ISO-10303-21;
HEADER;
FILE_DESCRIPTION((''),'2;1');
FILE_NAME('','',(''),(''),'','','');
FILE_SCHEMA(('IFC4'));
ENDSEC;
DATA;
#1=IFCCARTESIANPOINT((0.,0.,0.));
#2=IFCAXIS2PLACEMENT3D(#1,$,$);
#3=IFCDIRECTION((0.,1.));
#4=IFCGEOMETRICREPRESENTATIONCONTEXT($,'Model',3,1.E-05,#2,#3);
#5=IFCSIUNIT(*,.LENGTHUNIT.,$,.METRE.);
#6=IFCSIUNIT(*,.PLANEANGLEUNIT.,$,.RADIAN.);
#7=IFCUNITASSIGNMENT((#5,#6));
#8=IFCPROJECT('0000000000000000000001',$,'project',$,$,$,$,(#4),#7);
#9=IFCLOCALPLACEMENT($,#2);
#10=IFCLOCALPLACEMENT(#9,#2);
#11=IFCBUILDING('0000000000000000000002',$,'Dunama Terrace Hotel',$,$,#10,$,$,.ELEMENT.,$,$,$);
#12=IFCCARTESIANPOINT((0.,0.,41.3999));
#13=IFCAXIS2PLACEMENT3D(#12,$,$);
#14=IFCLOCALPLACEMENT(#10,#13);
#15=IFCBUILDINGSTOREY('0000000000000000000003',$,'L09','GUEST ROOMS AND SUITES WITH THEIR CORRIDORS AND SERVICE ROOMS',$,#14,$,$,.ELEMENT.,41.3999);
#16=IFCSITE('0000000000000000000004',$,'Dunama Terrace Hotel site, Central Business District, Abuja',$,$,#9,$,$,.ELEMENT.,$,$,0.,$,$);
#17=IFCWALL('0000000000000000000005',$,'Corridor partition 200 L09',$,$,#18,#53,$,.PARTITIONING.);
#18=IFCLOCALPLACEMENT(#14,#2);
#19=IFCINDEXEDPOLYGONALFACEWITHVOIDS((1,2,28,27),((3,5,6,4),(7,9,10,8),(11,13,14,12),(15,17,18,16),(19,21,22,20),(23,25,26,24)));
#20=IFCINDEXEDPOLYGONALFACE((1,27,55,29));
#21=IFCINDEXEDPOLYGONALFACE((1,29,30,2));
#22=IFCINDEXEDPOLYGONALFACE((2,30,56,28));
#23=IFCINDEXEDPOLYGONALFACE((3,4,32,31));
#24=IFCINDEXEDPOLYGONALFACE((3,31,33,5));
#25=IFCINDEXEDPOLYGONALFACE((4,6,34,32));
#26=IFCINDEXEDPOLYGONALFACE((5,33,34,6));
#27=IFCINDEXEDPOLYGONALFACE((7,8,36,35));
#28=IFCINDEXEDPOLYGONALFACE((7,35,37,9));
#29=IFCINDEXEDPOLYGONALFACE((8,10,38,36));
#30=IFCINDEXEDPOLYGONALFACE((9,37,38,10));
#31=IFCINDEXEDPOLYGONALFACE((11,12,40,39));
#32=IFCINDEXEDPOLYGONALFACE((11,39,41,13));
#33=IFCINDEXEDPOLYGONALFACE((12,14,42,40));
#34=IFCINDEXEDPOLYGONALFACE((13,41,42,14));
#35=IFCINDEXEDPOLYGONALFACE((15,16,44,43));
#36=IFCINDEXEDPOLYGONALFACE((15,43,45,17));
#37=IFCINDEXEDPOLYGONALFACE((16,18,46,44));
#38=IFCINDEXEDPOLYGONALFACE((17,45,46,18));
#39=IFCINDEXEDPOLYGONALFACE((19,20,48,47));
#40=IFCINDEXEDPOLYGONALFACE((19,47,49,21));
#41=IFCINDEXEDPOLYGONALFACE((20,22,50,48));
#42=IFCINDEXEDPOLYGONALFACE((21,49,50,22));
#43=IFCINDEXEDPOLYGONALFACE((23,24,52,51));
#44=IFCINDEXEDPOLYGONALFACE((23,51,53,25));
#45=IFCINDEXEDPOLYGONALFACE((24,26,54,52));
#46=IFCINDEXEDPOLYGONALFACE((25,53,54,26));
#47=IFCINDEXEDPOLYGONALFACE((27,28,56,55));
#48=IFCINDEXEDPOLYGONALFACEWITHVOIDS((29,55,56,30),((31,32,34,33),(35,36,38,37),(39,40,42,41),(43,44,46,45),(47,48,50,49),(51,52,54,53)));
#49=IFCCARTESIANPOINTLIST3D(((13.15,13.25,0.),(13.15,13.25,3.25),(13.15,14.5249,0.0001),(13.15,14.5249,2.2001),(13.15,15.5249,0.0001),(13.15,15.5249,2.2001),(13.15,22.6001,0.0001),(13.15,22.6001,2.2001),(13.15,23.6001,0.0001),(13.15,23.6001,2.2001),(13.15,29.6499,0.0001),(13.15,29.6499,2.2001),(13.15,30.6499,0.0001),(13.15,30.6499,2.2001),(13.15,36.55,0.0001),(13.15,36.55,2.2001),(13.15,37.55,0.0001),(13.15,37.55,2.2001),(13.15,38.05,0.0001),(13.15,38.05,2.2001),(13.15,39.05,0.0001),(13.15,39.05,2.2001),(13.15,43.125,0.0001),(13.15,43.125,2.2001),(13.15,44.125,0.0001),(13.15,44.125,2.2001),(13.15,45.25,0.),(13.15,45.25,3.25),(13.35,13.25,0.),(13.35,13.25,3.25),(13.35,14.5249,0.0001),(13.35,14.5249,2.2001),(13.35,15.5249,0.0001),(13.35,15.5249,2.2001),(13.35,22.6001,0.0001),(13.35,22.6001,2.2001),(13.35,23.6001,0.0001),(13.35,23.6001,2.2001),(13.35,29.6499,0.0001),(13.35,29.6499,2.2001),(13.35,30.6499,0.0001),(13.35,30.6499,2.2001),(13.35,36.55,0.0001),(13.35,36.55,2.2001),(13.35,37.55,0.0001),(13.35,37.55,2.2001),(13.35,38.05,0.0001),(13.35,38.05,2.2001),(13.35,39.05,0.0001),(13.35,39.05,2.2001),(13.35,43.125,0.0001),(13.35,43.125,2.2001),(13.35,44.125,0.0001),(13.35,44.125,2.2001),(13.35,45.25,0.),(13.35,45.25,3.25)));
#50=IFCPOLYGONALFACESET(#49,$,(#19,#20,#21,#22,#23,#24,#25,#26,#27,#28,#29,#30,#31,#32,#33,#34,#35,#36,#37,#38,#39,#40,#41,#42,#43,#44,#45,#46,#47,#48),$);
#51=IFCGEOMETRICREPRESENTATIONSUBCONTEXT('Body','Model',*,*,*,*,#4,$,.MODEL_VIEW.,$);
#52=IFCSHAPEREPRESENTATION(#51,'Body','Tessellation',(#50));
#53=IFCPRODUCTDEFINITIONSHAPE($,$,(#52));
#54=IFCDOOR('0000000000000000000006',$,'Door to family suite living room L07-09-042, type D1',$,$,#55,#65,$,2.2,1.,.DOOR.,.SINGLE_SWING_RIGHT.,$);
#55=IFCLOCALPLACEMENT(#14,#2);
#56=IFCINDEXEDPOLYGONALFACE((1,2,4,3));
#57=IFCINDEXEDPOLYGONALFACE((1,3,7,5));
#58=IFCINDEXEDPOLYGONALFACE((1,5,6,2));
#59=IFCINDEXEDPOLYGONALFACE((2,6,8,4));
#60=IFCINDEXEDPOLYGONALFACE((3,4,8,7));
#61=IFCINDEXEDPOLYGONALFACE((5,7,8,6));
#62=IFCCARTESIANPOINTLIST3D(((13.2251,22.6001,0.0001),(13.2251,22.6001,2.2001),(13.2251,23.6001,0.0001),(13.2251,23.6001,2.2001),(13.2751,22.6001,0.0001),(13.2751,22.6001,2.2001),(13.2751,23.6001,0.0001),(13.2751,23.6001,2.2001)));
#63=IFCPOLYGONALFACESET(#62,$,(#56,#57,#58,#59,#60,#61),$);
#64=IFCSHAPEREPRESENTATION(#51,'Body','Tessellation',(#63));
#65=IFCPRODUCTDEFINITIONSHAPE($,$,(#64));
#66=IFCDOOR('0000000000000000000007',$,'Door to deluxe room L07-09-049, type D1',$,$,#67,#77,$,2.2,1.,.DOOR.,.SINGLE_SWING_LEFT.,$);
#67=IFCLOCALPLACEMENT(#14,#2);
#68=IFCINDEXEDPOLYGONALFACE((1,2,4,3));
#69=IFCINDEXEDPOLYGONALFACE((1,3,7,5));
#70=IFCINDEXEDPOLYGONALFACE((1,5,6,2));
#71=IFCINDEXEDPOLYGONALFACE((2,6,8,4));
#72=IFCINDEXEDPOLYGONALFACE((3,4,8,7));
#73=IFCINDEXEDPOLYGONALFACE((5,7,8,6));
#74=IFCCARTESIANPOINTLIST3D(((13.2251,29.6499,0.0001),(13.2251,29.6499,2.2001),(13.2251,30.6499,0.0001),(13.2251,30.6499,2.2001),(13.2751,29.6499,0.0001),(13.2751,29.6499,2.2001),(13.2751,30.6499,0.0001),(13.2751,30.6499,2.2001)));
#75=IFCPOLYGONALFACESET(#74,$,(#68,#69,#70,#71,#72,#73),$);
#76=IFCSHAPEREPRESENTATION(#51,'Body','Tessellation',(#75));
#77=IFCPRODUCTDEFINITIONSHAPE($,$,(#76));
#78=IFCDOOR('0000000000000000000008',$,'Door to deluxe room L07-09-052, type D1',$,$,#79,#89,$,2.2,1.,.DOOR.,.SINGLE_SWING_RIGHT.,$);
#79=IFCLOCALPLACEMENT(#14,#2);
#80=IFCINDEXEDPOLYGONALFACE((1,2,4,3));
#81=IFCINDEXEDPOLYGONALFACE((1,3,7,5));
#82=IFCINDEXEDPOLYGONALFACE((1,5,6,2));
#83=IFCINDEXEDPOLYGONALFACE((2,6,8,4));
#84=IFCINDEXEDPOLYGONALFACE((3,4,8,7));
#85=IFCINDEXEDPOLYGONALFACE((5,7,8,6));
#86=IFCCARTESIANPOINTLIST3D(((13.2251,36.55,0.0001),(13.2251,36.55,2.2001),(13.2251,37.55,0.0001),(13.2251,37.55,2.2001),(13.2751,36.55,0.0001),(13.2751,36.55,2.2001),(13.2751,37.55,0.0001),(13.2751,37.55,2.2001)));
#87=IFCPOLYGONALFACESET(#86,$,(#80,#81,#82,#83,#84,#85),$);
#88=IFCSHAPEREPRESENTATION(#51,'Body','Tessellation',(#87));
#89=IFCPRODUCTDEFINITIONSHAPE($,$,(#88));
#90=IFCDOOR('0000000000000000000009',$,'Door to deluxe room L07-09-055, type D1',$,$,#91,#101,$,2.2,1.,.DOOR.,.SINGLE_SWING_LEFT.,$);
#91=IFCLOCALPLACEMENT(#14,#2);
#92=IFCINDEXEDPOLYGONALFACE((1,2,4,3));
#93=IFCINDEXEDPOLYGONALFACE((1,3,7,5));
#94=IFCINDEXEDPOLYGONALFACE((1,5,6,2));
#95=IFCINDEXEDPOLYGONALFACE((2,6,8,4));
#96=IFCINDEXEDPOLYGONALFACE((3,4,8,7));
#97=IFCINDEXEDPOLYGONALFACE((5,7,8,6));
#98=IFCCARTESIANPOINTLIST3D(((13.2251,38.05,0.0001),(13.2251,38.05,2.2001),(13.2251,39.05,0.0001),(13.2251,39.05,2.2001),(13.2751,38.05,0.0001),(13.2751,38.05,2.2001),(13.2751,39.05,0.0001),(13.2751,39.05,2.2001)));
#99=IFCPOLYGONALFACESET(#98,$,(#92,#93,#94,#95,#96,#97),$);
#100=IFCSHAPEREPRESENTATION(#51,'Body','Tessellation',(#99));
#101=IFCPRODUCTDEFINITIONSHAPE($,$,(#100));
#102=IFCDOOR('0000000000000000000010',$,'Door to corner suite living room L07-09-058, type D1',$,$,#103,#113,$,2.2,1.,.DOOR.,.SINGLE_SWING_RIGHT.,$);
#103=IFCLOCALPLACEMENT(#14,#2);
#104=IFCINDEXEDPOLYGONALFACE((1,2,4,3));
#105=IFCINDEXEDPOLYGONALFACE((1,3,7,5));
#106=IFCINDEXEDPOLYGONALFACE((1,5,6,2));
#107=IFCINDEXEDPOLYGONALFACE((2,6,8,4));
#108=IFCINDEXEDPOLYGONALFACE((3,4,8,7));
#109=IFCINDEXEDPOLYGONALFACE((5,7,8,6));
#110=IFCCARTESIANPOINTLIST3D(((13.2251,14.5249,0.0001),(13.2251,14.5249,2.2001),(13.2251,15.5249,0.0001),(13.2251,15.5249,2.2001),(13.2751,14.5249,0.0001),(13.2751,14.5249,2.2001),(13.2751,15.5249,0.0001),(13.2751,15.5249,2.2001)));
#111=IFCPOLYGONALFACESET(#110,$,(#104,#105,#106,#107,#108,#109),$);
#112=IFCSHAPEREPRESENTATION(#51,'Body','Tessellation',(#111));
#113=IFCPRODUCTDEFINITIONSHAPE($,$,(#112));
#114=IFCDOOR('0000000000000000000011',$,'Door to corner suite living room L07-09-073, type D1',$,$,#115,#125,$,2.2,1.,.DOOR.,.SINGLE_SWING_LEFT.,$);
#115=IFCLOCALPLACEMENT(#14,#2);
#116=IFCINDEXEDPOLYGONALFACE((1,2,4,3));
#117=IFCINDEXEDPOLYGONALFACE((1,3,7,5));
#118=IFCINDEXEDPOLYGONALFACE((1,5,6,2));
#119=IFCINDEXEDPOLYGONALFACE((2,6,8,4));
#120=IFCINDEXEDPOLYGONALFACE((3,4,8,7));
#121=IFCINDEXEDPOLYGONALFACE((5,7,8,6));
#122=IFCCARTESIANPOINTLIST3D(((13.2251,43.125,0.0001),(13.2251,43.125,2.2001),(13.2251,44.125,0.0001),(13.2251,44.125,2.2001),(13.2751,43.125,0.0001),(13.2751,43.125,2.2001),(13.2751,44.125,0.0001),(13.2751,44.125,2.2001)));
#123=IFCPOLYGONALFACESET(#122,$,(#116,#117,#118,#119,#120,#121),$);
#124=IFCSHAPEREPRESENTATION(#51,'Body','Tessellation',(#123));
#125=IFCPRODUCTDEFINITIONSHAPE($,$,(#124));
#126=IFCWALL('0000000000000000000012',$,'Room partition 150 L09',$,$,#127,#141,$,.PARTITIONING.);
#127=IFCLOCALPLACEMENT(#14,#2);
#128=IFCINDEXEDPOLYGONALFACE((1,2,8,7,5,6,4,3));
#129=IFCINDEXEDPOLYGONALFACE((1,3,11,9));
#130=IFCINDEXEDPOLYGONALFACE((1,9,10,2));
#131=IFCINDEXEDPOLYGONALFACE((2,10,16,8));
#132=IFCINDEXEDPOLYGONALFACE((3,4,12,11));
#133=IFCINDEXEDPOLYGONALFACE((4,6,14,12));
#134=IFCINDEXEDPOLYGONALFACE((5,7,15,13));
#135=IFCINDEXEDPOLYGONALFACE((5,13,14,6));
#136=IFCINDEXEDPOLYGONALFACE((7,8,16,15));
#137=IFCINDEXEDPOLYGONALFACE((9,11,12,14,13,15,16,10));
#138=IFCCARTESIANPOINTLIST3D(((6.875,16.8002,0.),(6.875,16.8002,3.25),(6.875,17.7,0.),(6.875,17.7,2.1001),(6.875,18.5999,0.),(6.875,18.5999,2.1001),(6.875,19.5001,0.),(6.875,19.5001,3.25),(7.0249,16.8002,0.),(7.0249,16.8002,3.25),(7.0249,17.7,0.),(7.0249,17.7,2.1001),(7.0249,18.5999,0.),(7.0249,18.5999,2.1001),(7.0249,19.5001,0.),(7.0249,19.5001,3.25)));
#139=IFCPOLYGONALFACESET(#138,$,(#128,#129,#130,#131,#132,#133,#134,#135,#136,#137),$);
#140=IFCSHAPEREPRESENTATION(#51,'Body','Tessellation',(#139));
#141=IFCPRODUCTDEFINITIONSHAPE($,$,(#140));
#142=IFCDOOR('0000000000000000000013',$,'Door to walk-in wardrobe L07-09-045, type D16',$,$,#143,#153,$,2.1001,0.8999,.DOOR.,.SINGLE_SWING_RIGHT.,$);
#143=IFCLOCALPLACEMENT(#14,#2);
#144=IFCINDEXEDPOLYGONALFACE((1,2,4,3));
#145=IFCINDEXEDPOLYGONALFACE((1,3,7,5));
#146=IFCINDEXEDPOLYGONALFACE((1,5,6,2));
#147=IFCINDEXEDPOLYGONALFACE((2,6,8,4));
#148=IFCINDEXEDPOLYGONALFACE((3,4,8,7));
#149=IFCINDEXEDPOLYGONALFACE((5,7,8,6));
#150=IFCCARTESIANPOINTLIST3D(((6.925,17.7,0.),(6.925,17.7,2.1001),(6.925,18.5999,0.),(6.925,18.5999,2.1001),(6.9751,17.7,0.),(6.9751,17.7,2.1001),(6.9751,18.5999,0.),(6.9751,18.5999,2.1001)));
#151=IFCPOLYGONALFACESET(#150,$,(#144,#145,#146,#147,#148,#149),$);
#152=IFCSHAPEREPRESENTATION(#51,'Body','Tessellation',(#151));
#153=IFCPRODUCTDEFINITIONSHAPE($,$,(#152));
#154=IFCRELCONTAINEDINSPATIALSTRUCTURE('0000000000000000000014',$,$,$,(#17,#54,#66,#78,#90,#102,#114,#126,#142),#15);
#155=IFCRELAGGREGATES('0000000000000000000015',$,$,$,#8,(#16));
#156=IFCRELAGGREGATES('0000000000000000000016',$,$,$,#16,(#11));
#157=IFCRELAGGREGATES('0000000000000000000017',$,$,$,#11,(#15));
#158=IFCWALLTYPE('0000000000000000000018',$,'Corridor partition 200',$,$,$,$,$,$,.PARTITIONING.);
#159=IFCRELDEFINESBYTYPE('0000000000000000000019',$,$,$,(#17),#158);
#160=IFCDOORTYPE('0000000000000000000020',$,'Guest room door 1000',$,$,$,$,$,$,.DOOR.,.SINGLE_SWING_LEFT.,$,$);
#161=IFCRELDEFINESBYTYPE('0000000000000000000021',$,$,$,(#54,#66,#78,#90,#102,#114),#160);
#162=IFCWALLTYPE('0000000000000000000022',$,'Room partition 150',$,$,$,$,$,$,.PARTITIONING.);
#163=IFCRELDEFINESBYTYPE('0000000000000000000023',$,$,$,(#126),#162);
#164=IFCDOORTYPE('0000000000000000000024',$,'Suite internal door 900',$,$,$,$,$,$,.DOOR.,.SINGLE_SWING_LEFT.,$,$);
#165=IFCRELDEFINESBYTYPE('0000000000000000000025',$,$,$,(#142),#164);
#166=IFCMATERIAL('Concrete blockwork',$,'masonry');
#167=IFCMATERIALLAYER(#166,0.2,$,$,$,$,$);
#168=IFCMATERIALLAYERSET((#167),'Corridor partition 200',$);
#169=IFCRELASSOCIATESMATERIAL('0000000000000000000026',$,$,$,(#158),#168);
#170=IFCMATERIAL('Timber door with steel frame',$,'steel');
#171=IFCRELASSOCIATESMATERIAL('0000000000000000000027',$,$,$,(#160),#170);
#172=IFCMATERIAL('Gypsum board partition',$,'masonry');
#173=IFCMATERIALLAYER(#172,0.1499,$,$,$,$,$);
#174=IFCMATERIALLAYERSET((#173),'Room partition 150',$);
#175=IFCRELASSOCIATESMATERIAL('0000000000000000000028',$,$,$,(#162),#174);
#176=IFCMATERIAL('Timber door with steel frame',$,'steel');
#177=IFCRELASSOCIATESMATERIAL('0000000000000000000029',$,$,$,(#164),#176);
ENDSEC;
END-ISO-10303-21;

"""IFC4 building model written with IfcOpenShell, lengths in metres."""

from ifc_helpers import new_model, si_unit, direction, frame, frame_2d, origin, place, context, subcontext, project, spatial, rectangle, extrude, material, layer, layer_set, type_object, element, fill, save


model = new_model("IFC4")

# Units and contexts
model_context = context("Model", 3, precision=1e-05, world=origin(), true_north=direction((0.0, 1.0)))
body_context = subcontext(model_context, "Body", "Model", "MODEL_VIEW")
ifc_project = project(units=[si_unit("LENGTHUNIT", "METRE"), si_unit("PLANEANGLEUNIT", "RADIAN")], contexts=[model_context])

# Site, building, storey
site_placement = place(None, origin())
site = spatial("IfcSite", under=ifc_project, at=site_placement, Name="Dunama Terrace Hotel site, Central Business District, Abuja", CompositionType="ELEMENT", RefElevation=0.0)
building_placement = place(site_placement, origin())
building = spatial("IfcBuilding", under=site, at=building_placement, Name="Dunama Terrace Hotel", CompositionType="ELEMENT")
storey_placement = place(building_placement, frame((0.0, 0.0, 41.3999)))
storey = spatial("IfcBuildingStorey", under=building, at=storey_placement, Name="L09", Description="GUEST ROOMS AND SUITES WITH THEIR CORRIDORS AND SERVICE ROOMS", CompositionType="ELEMENT", Elevation=41.3999)

# Wall, openings, doors
ifc_material_1 = material(Name="Concrete blockwork", Category="masonry")
ifc_layer_1 = layer(ifc_material_1, 0.2)
ifc_layer_set_1 = layer_set([ifc_layer_1], Name="Corridor partition 200")
wall_type_1 = type_object("IfcWallType", Name="Corridor partition 200", PredefinedType="PARTITIONING", material=ifc_layer_set_1)
wall_1_placement = place(storey_placement, frame((13.25, 13.25, 0.0), z_axis=(0.0, 0.0, 1.0), x_axis=(0.0, 1.0, 0.0)))
wall_1 = element("IfcWall", 1, at=wall_1_placement, inside=storey, type_object=wall_type_1, Name="Corridor partition 200 L09", PredefinedType="PARTITIONING", context=body_context, shape_type="SweptSolid", body=[
    extrude(rectangle(XDim=32.0, YDim=0.2, at=frame_2d((16.0, 0.0))), origin(), (0.0, 0.0, 1.0), 3.25),
])
opening_1_placement = place(wall_1_placement, frame((9.3501, 0.0, 0.0)))
opening_1 = element("IfcOpeningElement", 2, at=opening_1_placement, cuts=wall_1, PredefinedType="OPENING", context=body_context, shape_type="SweptSolid", body=[
    extrude(rectangle(XDim=1.0, YDim=2.2, at=frame_2d((0.5, 1.1001))), frame((0.0, 0.1099, 0.0), z_axis=(0.0, -1.0, 0.0), x_axis=(1.0, 0.0, 0.0)), (0.0, 0.0, 1.0), 0.22),
])
opening_2_placement = place(wall_1_placement, frame((16.3999, 0.0, 0.0)))
opening_2 = element("IfcOpeningElement", 3, at=opening_2_placement, cuts=wall_1, PredefinedType="OPENING", context=body_context, shape_type="SweptSolid", body=[
    extrude(rectangle(XDim=1.0, YDim=2.2, at=frame_2d((0.5, 1.1001))), frame((0.0, 0.1099, 0.0), z_axis=(0.0, -1.0, 0.0), x_axis=(1.0, 0.0, 0.0)), (0.0, 0.0, 1.0), 0.22),
])
opening_3_placement = place(wall_1_placement, frame((23.3, 0.0, 0.0)))
opening_3 = element("IfcOpeningElement", 4, at=opening_3_placement, cuts=wall_1, PredefinedType="OPENING", context=body_context, shape_type="SweptSolid", body=[
    extrude(rectangle(XDim=1.0, YDim=2.2, at=frame_2d((0.5, 1.1001))), frame((0.0, 0.1099, 0.0), z_axis=(0.0, -1.0, 0.0), x_axis=(1.0, 0.0, 0.0)), (0.0, 0.0, 1.0), 0.22),
])
opening_4_placement = place(wall_1_placement, frame((24.8, 0.0, 0.0)))
opening_4 = element("IfcOpeningElement", 5, at=opening_4_placement, cuts=wall_1, PredefinedType="OPENING", context=body_context, shape_type="SweptSolid", body=[
    extrude(rectangle(XDim=1.0, YDim=2.2, at=frame_2d((0.5, 1.1001))), frame((0.0, 0.1099, 0.0), z_axis=(0.0, -1.0, 0.0), x_axis=(1.0, 0.0, 0.0)), (0.0, 0.0, 1.0), 0.22),
])
opening_5_placement = place(wall_1_placement, frame((1.2749, 0.0, 0.0)))
opening_5 = element("IfcOpeningElement", 6, at=opening_5_placement, cuts=wall_1, PredefinedType="OPENING", context=body_context, shape_type="SweptSolid", body=[
    extrude(rectangle(XDim=1.0, YDim=2.2, at=frame_2d((0.5, 1.1001))), frame((0.0, 0.1099, 0.0), z_axis=(0.0, -1.0, 0.0), x_axis=(1.0, 0.0, 0.0)), (0.0, 0.0, 1.0), 0.22),
])
opening_6_placement = place(wall_1_placement, frame((29.875, 0.0, 0.0)))
opening_6 = element("IfcOpeningElement", 7, at=opening_6_placement, cuts=wall_1, PredefinedType="OPENING", context=body_context, shape_type="SweptSolid", body=[
    extrude(rectangle(XDim=1.0, YDim=2.2, at=frame_2d((0.5, 1.1001))), frame((0.0, 0.1099, 0.0), z_axis=(0.0, -1.0, 0.0), x_axis=(1.0, 0.0, 0.0)), (0.0, 0.0, 1.0), 0.22),
])
ifc_material_2 = material(Name="Timber door with steel frame", Category="steel")
door_type_1 = type_object("IfcDoorType", Name="Guest room door 1000", OperationType="SINGLE_SWING_LEFT", PredefinedType="DOOR", material=ifc_material_2)
door_1_placement = place(opening_1_placement, origin())
door_1 = element("IfcDoor", 8, at=door_1_placement, inside=storey, type_object=door_type_1, Name="Door to family suite living room L07-09-042, type D1", OperationType="SINGLE_SWING_RIGHT", OverallHeight=2.2, OverallWidth=1.0, PredefinedType="DOOR", context=body_context, shape_type="SweptSolid", body=[
    extrude(rectangle(XDim=1.0, YDim=2.2, at=frame_2d((0.5, 1.1001))), frame((0.0, 0.0249, 0.0), z_axis=(0.0, -1.0, 0.0), x_axis=(1.0, 0.0, 0.0)), (0.0, 0.0, 1.0), 0.05),
])
fill(opening_1, door_1)
door_2_placement = place(opening_2_placement, origin())
door_2 = element("IfcDoor", 9, at=door_2_placement, inside=storey, type_object=door_type_1, Name="Door to deluxe room L07-09-049, type D1", OperationType="SINGLE_SWING_LEFT", OverallHeight=2.2, OverallWidth=1.0, PredefinedType="DOOR", context=body_context, shape_type="SweptSolid", body=[
    extrude(rectangle(XDim=1.0, YDim=2.2, at=frame_2d((0.5, 1.1001))), frame((0.0, 0.0249, 0.0), z_axis=(0.0, -1.0, 0.0), x_axis=(1.0, 0.0, 0.0)), (0.0, 0.0, 1.0), 0.05),
])
fill(opening_2, door_2)
door_3_placement = place(opening_3_placement, origin())
door_3 = element("IfcDoor", 10, at=door_3_placement, inside=storey, type_object=door_type_1, Name="Door to deluxe room L07-09-052, type D1", OperationType="SINGLE_SWING_RIGHT", OverallHeight=2.2, OverallWidth=1.0, PredefinedType="DOOR", context=body_context, shape_type="SweptSolid", body=[
    extrude(rectangle(XDim=1.0, YDim=2.2, at=frame_2d((0.5, 1.1001))), frame((0.0, 0.0249, 0.0), z_axis=(0.0, -1.0, 0.0), x_axis=(1.0, 0.0, 0.0)), (0.0, 0.0, 1.0), 0.05),
])
fill(opening_3, door_3)
door_4_placement = place(opening_4_placement, origin())
door_4 = element("IfcDoor", 11, at=door_4_placement, inside=storey, type_object=door_type_1, Name="Door to deluxe room L07-09-055, type D1", OperationType="SINGLE_SWING_LEFT", OverallHeight=2.2, OverallWidth=1.0, PredefinedType="DOOR", context=body_context, shape_type="SweptSolid", body=[
    extrude(rectangle(XDim=1.0, YDim=2.2, at=frame_2d((0.5, 1.1001))), frame((0.0, 0.0249, 0.0), z_axis=(0.0, -1.0, 0.0), x_axis=(1.0, 0.0, 0.0)), (0.0, 0.0, 1.0), 0.05),
])
fill(opening_4, door_4)
door_5_placement = place(opening_5_placement, origin())
door_5 = element("IfcDoor", 12, at=door_5_placement, inside=storey, type_object=door_type_1, Name="Door to corner suite living room L07-09-058, type D1", OperationType="SINGLE_SWING_RIGHT", OverallHeight=2.2, OverallWidth=1.0, PredefinedType="DOOR", context=body_context, shape_type="SweptSolid", body=[
    extrude(rectangle(XDim=1.0, YDim=2.2, at=frame_2d((0.5, 1.1001))), frame((0.0, 0.0249, 0.0), z_axis=(0.0, -1.0, 0.0), x_axis=(1.0, 0.0, 0.0)), (0.0, 0.0, 1.0), 0.05),
])
fill(opening_5, door_5)
door_6_placement = place(opening_6_placement, origin())
door_6 = element("IfcDoor", 13, at=door_6_placement, inside=storey, type_object=door_type_1, Name="Door to corner suite living room L07-09-073, type D1", OperationType="SINGLE_SWING_LEFT", OverallHeight=2.2, OverallWidth=1.0, PredefinedType="DOOR", context=body_context, shape_type="SweptSolid", body=[
    extrude(rectangle(XDim=1.0, YDim=2.2, at=frame_2d((0.5, 1.1001))), frame((0.0, 0.0249, 0.0), z_axis=(0.0, -1.0, 0.0), x_axis=(1.0, 0.0, 0.0)), (0.0, 0.0, 1.0), 0.05),
])
fill(opening_6, door_6)

# Wall, opening, door
ifc_material_3 = material(Name="Gypsum board partition", Category="masonry")
ifc_layer_2 = layer(ifc_material_3, 0.1499)
ifc_layer_set_2 = layer_set([ifc_layer_2], Name="Room partition 150")
wall_type_2 = type_object("IfcWallType", Name="Room partition 150", PredefinedType="PARTITIONING", material=ifc_layer_set_2)
wall_2_placement = place(storey_placement, frame((6.95, 16.8, 0.0), z_axis=(0.0, 0.0, 1.0), x_axis=(0.0, 1.0, 0.0)))
wall_2 = element("IfcWall", 14, at=wall_2_placement, inside=storey, type_object=wall_type_2, Name="Room partition 150 L09", PredefinedType="PARTITIONING", context=body_context, shape_type="SweptSolid", body=[
    extrude(rectangle(XDim=2.7, YDim=0.1499, at=frame_2d((1.3501, 0.0))), origin(), (0.0, 0.0, 1.0), 3.25),
])
opening_7_placement = place(wall_2_placement, frame((0.8999, 0.0, 0.0)))
opening_7 = element("IfcOpeningElement", 15, at=opening_7_placement, cuts=wall_2, PredefinedType="OPENING", context=body_context, shape_type="SweptSolid", body=[
    extrude(rectangle(XDim=0.8999, YDim=2.1001, at=frame_2d((0.45, 1.05))), frame((0.0, 0.085, 0.0), z_axis=(0.0, -1.0, 0.0), x_axis=(1.0, 0.0, 0.0)), (0.0, 0.0, 1.0), 0.1699),
])
ifc_material_4 = material(Name="Timber door with steel frame", Category="steel")
door_type_2 = type_object("IfcDoorType", Name="Suite internal door 900", OperationType="SINGLE_SWING_LEFT", PredefinedType="DOOR", material=ifc_material_4)
door_7_placement = place(opening_7_placement, frame((0.8999, 0.0, 0.0), z_axis=(0.0, 0.0, 1.0), x_axis=(-1.0, 0.0, 0.0)))
door_7 = element("IfcDoor", 16, at=door_7_placement, inside=storey, type_object=door_type_2, Name="Door to walk-in wardrobe L07-09-045, type D16", OperationType="SINGLE_SWING_RIGHT", OverallHeight=2.1001, OverallWidth=0.8999, PredefinedType="DOOR", context=body_context, shape_type="SweptSolid", body=[
    extrude(rectangle(XDim=0.8999, YDim=2.1001, at=frame_2d((0.45, 1.05))), frame((0.0, 0.0251, 0.0), z_axis=(0.0, -1.0, 0.0), x_axis=(1.0, 0.0, 0.0)), (0.0, 0.0, 1.0), 0.05),
])
fill(opening_7, door_7)

save(model, "model.ifc")
